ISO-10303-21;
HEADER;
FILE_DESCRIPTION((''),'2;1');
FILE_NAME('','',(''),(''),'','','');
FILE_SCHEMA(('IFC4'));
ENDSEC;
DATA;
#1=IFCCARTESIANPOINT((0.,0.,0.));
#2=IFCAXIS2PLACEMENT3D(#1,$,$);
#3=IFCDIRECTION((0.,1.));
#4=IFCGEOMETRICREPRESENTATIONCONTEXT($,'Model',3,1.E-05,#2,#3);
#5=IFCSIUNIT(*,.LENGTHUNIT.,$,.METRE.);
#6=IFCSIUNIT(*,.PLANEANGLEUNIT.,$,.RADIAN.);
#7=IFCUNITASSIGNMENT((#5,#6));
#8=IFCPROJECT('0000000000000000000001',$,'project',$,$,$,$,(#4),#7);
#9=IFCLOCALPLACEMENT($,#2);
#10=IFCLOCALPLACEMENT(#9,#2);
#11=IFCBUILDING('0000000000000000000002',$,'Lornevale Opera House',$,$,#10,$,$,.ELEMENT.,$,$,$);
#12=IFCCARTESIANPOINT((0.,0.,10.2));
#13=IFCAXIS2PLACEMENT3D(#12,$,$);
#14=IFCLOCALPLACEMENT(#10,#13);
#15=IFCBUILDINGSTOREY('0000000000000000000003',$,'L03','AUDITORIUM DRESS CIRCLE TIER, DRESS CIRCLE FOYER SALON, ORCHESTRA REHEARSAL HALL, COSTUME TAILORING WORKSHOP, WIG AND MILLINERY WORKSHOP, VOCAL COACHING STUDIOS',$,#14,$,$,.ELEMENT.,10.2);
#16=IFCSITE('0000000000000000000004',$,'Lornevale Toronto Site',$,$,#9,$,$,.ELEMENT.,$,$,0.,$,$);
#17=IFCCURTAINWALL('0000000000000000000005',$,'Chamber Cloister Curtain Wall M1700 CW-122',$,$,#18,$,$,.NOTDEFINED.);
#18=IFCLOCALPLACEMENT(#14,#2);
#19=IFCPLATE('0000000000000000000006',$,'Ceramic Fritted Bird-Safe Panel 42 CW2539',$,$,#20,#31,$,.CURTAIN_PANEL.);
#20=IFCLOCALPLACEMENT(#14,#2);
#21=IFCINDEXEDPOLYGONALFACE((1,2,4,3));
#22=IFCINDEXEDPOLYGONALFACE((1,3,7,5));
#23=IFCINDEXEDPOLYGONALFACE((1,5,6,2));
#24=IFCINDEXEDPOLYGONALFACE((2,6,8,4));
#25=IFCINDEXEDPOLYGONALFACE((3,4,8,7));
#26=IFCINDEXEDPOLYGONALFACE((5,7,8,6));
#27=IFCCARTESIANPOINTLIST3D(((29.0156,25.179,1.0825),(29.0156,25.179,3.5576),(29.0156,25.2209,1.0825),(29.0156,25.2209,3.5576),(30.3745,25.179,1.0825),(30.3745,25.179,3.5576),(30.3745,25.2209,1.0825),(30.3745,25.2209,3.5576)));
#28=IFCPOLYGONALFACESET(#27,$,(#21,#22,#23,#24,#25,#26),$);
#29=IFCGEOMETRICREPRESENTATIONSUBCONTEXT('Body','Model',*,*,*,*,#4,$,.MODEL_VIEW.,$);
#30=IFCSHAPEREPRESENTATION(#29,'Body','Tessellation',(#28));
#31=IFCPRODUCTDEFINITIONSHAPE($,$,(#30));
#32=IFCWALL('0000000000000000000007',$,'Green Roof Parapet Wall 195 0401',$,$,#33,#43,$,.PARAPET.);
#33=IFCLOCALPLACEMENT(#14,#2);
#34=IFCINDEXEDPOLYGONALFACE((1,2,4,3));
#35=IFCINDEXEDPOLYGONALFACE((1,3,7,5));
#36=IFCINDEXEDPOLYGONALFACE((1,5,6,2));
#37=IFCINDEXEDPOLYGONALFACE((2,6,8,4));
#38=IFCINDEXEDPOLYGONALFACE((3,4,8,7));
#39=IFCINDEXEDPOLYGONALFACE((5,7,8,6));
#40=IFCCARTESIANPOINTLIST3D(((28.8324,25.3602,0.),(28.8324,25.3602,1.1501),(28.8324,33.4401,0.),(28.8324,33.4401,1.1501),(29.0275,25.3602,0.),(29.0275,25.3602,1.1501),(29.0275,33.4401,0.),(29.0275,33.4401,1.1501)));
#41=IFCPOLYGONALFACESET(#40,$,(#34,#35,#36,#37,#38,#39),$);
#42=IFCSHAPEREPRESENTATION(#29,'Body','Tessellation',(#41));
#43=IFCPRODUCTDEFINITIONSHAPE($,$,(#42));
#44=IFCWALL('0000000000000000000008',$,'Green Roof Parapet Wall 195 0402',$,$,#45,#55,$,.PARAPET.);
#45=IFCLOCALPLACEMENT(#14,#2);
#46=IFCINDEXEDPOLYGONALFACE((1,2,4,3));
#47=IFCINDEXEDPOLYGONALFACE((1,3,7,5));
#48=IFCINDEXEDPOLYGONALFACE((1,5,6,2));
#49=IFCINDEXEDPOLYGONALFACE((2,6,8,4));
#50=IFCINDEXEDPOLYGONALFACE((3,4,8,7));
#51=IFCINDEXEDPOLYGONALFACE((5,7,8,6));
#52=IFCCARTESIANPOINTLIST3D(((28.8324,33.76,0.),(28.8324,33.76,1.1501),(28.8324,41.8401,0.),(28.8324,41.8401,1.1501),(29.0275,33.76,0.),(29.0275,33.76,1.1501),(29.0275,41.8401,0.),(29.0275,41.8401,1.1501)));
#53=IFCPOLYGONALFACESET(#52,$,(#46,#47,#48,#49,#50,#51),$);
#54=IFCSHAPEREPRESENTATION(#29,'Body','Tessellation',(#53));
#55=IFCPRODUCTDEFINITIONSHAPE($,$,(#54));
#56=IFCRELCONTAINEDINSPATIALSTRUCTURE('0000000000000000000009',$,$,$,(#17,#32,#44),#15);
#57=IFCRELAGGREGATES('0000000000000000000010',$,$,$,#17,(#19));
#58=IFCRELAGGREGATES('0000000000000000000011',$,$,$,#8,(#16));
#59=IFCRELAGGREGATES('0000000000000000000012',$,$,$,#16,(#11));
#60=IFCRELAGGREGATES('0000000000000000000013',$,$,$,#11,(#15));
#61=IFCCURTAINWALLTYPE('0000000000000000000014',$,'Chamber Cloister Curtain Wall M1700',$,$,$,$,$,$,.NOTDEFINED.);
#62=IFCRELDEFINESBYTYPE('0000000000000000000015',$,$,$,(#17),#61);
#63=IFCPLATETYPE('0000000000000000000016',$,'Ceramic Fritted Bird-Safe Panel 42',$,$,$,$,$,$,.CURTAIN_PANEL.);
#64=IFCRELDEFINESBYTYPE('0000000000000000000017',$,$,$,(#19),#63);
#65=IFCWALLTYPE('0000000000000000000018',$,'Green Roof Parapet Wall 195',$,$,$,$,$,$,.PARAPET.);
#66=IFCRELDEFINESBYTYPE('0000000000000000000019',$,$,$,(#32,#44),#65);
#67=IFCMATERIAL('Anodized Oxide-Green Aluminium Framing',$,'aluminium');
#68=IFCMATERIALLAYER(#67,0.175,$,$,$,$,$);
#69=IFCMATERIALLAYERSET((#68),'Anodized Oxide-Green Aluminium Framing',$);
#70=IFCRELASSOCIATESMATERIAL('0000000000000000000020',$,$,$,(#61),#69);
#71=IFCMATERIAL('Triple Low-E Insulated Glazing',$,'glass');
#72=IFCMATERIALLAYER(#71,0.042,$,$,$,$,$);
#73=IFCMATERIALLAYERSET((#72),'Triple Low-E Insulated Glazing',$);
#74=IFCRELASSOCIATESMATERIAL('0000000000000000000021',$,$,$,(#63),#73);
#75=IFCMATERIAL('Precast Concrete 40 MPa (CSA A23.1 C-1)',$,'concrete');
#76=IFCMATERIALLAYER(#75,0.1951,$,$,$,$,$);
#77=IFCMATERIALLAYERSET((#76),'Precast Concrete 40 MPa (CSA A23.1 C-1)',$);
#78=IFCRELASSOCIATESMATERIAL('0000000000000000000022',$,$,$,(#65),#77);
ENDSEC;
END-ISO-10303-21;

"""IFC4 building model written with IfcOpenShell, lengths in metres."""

from ifc_helpers import new_model, si_unit, direction, frame, frame_2d, origin, origin_2d, place, context, subcontext, project, spatial, rectangle, extrude, material, layer, layer_set, type_object, element, aggregate, save


model = new_model("IFC4")

# Units and contexts
model_context = context("Model", 3, precision=1e-05, world=origin(), true_north=direction((0.0, 1.0)))
body_context = subcontext(model_context, "Body", "Model", "MODEL_VIEW")
ifc_project = project(units=[si_unit("LENGTHUNIT", "METRE"), si_unit("PLANEANGLEUNIT", "RADIAN")], contexts=[model_context])

# Site, building, storey
site_placement = place(None, origin())
site = spatial("IfcSite", under=ifc_project, at=site_placement, Name="Lornevale Toronto Site", CompositionType="ELEMENT", RefElevation=0.0)
building_placement = place(site_placement, origin())
building = spatial("IfcBuilding", under=site, at=building_placement, Name="Lornevale Opera House", CompositionType="ELEMENT")
storey_placement = place(building_placement, frame((0.0, 0.0, 10.2)))
storey = spatial("IfcBuildingStorey", under=building, at=storey_placement, Name="L03", Description="AUDITORIUM DRESS CIRCLE TIER, DRESS CIRCLE FOYER SALON, ORCHESTRA REHEARSAL HALL, COSTUME TAILORING WORKSHOP, WIG AND MILLINERY WORKSHOP, VOCAL COACHING STUDIOS", CompositionType="ELEMENT", Elevation=10.2)

# Shared definitions
ifc_material_1 = material(Name="Anodized Oxide-Green Aluminium Framing", Category="aluminium")
ifc_layer_1 = layer(ifc_material_1, 0.175)
ifc_layer_set_1 = layer_set([ifc_layer_1], Name="Anodized Oxide-Green Aluminium Framing")
curtain_wall_type = type_object("IfcCurtainWallType", Name="Chamber Cloister Curtain Wall M1700", PredefinedType="NOTDEFINED", material=ifc_layer_set_1)

# Curtain wall
curtain_wall_1_placement = place(storey_placement, origin())
curtain_wall_1 = element("IfcCurtainWall", 1, at=curtain_wall_1_placement, inside=storey, type_object=curtain_wall_type, Name="Chamber Cloister Curtain Wall M1700 CW-122", PredefinedType="NOTDEFINED")

# Plate
ifc_material_2 = material(Name="Triple Low-E Insulated Glazing", Category="glass")
ifc_layer_2 = layer(ifc_material_2, 0.042)
ifc_layer_set_2 = layer_set([ifc_layer_2], Name="Triple Low-E Insulated Glazing")
plate_type = type_object("IfcPlateType", Name="Ceramic Fritted Bird-Safe Panel 42", PredefinedType="CURTAIN_PANEL", material=ifc_layer_set_2)
plate_1_placement = place(storey_placement, frame((29.6951, 25.2, 1.0825), z_axis=(0.0, 0.0, 1.0), x_axis=(1.0, 0.0, 0.0)))
plate_1 = element("IfcPlate", 2, at=plate_1_placement, type_object=plate_type, Name="Ceramic Fritted Bird-Safe Panel 42 CW2539", PredefinedType="CURTAIN_PANEL", context=body_context, shape_type="SweptSolid", body=[
    extrude(rectangle(XDim=1.3589, YDim=0.042, at=origin_2d()), origin(), (0.0, 0.0, 1.0), 2.4751),
])
aggregate(curtain_wall_1, [plate_1])

# Walls
ifc_material_3 = material(Name="Precast Concrete 40 MPa (CSA A23.1 C-1)", Category="concrete")
ifc_layer_3 = layer(ifc_material_3, 0.1951)
ifc_layer_set_3 = layer_set([ifc_layer_3], Name="Precast Concrete 40 MPa (CSA A23.1 C-1)")
wall_type = type_object("IfcWallType", Name="Green Roof Parapet Wall 195", PredefinedType="PARAPET", material=ifc_layer_set_3)
wall_1_placement = place(storey_placement, frame((28.9299, 25.3601, 0.0), z_axis=(0.0, 0.0, 1.0), x_axis=(0.0, 1.0, 0.0)))
element("IfcWall", 3, at=wall_1_placement, inside=storey, type_object=wall_type, Name="Green Roof Parapet Wall 195 0401", PredefinedType="PARAPET", context=body_context, shape_type="SweptSolid", body=[
    extrude(rectangle(XDim=8.0798, YDim=0.1951, at=frame_2d((4.04, 0.0))), origin(), (0.0, 0.0, 1.0), 1.1501),
])
wall_2_placement = place(storey_placement, frame((28.9299, 33.76, 0.0), z_axis=(0.0, 0.0, 1.0), x_axis=(0.0, 1.0, 0.0)))
element("IfcWall", 4, at=wall_2_placement, inside=storey, type_object=wall_type, Name="Green Roof Parapet Wall 195 0402", PredefinedType="PARAPET", context=body_context, shape_type="SweptSolid", body=[
    extrude(rectangle(XDim=8.0801, YDim=0.1951, at=frame_2d((4.04, 0.0))), origin(), (0.0, 0.0, 1.0), 1.1501),
])

save(model, "model.ifc")
